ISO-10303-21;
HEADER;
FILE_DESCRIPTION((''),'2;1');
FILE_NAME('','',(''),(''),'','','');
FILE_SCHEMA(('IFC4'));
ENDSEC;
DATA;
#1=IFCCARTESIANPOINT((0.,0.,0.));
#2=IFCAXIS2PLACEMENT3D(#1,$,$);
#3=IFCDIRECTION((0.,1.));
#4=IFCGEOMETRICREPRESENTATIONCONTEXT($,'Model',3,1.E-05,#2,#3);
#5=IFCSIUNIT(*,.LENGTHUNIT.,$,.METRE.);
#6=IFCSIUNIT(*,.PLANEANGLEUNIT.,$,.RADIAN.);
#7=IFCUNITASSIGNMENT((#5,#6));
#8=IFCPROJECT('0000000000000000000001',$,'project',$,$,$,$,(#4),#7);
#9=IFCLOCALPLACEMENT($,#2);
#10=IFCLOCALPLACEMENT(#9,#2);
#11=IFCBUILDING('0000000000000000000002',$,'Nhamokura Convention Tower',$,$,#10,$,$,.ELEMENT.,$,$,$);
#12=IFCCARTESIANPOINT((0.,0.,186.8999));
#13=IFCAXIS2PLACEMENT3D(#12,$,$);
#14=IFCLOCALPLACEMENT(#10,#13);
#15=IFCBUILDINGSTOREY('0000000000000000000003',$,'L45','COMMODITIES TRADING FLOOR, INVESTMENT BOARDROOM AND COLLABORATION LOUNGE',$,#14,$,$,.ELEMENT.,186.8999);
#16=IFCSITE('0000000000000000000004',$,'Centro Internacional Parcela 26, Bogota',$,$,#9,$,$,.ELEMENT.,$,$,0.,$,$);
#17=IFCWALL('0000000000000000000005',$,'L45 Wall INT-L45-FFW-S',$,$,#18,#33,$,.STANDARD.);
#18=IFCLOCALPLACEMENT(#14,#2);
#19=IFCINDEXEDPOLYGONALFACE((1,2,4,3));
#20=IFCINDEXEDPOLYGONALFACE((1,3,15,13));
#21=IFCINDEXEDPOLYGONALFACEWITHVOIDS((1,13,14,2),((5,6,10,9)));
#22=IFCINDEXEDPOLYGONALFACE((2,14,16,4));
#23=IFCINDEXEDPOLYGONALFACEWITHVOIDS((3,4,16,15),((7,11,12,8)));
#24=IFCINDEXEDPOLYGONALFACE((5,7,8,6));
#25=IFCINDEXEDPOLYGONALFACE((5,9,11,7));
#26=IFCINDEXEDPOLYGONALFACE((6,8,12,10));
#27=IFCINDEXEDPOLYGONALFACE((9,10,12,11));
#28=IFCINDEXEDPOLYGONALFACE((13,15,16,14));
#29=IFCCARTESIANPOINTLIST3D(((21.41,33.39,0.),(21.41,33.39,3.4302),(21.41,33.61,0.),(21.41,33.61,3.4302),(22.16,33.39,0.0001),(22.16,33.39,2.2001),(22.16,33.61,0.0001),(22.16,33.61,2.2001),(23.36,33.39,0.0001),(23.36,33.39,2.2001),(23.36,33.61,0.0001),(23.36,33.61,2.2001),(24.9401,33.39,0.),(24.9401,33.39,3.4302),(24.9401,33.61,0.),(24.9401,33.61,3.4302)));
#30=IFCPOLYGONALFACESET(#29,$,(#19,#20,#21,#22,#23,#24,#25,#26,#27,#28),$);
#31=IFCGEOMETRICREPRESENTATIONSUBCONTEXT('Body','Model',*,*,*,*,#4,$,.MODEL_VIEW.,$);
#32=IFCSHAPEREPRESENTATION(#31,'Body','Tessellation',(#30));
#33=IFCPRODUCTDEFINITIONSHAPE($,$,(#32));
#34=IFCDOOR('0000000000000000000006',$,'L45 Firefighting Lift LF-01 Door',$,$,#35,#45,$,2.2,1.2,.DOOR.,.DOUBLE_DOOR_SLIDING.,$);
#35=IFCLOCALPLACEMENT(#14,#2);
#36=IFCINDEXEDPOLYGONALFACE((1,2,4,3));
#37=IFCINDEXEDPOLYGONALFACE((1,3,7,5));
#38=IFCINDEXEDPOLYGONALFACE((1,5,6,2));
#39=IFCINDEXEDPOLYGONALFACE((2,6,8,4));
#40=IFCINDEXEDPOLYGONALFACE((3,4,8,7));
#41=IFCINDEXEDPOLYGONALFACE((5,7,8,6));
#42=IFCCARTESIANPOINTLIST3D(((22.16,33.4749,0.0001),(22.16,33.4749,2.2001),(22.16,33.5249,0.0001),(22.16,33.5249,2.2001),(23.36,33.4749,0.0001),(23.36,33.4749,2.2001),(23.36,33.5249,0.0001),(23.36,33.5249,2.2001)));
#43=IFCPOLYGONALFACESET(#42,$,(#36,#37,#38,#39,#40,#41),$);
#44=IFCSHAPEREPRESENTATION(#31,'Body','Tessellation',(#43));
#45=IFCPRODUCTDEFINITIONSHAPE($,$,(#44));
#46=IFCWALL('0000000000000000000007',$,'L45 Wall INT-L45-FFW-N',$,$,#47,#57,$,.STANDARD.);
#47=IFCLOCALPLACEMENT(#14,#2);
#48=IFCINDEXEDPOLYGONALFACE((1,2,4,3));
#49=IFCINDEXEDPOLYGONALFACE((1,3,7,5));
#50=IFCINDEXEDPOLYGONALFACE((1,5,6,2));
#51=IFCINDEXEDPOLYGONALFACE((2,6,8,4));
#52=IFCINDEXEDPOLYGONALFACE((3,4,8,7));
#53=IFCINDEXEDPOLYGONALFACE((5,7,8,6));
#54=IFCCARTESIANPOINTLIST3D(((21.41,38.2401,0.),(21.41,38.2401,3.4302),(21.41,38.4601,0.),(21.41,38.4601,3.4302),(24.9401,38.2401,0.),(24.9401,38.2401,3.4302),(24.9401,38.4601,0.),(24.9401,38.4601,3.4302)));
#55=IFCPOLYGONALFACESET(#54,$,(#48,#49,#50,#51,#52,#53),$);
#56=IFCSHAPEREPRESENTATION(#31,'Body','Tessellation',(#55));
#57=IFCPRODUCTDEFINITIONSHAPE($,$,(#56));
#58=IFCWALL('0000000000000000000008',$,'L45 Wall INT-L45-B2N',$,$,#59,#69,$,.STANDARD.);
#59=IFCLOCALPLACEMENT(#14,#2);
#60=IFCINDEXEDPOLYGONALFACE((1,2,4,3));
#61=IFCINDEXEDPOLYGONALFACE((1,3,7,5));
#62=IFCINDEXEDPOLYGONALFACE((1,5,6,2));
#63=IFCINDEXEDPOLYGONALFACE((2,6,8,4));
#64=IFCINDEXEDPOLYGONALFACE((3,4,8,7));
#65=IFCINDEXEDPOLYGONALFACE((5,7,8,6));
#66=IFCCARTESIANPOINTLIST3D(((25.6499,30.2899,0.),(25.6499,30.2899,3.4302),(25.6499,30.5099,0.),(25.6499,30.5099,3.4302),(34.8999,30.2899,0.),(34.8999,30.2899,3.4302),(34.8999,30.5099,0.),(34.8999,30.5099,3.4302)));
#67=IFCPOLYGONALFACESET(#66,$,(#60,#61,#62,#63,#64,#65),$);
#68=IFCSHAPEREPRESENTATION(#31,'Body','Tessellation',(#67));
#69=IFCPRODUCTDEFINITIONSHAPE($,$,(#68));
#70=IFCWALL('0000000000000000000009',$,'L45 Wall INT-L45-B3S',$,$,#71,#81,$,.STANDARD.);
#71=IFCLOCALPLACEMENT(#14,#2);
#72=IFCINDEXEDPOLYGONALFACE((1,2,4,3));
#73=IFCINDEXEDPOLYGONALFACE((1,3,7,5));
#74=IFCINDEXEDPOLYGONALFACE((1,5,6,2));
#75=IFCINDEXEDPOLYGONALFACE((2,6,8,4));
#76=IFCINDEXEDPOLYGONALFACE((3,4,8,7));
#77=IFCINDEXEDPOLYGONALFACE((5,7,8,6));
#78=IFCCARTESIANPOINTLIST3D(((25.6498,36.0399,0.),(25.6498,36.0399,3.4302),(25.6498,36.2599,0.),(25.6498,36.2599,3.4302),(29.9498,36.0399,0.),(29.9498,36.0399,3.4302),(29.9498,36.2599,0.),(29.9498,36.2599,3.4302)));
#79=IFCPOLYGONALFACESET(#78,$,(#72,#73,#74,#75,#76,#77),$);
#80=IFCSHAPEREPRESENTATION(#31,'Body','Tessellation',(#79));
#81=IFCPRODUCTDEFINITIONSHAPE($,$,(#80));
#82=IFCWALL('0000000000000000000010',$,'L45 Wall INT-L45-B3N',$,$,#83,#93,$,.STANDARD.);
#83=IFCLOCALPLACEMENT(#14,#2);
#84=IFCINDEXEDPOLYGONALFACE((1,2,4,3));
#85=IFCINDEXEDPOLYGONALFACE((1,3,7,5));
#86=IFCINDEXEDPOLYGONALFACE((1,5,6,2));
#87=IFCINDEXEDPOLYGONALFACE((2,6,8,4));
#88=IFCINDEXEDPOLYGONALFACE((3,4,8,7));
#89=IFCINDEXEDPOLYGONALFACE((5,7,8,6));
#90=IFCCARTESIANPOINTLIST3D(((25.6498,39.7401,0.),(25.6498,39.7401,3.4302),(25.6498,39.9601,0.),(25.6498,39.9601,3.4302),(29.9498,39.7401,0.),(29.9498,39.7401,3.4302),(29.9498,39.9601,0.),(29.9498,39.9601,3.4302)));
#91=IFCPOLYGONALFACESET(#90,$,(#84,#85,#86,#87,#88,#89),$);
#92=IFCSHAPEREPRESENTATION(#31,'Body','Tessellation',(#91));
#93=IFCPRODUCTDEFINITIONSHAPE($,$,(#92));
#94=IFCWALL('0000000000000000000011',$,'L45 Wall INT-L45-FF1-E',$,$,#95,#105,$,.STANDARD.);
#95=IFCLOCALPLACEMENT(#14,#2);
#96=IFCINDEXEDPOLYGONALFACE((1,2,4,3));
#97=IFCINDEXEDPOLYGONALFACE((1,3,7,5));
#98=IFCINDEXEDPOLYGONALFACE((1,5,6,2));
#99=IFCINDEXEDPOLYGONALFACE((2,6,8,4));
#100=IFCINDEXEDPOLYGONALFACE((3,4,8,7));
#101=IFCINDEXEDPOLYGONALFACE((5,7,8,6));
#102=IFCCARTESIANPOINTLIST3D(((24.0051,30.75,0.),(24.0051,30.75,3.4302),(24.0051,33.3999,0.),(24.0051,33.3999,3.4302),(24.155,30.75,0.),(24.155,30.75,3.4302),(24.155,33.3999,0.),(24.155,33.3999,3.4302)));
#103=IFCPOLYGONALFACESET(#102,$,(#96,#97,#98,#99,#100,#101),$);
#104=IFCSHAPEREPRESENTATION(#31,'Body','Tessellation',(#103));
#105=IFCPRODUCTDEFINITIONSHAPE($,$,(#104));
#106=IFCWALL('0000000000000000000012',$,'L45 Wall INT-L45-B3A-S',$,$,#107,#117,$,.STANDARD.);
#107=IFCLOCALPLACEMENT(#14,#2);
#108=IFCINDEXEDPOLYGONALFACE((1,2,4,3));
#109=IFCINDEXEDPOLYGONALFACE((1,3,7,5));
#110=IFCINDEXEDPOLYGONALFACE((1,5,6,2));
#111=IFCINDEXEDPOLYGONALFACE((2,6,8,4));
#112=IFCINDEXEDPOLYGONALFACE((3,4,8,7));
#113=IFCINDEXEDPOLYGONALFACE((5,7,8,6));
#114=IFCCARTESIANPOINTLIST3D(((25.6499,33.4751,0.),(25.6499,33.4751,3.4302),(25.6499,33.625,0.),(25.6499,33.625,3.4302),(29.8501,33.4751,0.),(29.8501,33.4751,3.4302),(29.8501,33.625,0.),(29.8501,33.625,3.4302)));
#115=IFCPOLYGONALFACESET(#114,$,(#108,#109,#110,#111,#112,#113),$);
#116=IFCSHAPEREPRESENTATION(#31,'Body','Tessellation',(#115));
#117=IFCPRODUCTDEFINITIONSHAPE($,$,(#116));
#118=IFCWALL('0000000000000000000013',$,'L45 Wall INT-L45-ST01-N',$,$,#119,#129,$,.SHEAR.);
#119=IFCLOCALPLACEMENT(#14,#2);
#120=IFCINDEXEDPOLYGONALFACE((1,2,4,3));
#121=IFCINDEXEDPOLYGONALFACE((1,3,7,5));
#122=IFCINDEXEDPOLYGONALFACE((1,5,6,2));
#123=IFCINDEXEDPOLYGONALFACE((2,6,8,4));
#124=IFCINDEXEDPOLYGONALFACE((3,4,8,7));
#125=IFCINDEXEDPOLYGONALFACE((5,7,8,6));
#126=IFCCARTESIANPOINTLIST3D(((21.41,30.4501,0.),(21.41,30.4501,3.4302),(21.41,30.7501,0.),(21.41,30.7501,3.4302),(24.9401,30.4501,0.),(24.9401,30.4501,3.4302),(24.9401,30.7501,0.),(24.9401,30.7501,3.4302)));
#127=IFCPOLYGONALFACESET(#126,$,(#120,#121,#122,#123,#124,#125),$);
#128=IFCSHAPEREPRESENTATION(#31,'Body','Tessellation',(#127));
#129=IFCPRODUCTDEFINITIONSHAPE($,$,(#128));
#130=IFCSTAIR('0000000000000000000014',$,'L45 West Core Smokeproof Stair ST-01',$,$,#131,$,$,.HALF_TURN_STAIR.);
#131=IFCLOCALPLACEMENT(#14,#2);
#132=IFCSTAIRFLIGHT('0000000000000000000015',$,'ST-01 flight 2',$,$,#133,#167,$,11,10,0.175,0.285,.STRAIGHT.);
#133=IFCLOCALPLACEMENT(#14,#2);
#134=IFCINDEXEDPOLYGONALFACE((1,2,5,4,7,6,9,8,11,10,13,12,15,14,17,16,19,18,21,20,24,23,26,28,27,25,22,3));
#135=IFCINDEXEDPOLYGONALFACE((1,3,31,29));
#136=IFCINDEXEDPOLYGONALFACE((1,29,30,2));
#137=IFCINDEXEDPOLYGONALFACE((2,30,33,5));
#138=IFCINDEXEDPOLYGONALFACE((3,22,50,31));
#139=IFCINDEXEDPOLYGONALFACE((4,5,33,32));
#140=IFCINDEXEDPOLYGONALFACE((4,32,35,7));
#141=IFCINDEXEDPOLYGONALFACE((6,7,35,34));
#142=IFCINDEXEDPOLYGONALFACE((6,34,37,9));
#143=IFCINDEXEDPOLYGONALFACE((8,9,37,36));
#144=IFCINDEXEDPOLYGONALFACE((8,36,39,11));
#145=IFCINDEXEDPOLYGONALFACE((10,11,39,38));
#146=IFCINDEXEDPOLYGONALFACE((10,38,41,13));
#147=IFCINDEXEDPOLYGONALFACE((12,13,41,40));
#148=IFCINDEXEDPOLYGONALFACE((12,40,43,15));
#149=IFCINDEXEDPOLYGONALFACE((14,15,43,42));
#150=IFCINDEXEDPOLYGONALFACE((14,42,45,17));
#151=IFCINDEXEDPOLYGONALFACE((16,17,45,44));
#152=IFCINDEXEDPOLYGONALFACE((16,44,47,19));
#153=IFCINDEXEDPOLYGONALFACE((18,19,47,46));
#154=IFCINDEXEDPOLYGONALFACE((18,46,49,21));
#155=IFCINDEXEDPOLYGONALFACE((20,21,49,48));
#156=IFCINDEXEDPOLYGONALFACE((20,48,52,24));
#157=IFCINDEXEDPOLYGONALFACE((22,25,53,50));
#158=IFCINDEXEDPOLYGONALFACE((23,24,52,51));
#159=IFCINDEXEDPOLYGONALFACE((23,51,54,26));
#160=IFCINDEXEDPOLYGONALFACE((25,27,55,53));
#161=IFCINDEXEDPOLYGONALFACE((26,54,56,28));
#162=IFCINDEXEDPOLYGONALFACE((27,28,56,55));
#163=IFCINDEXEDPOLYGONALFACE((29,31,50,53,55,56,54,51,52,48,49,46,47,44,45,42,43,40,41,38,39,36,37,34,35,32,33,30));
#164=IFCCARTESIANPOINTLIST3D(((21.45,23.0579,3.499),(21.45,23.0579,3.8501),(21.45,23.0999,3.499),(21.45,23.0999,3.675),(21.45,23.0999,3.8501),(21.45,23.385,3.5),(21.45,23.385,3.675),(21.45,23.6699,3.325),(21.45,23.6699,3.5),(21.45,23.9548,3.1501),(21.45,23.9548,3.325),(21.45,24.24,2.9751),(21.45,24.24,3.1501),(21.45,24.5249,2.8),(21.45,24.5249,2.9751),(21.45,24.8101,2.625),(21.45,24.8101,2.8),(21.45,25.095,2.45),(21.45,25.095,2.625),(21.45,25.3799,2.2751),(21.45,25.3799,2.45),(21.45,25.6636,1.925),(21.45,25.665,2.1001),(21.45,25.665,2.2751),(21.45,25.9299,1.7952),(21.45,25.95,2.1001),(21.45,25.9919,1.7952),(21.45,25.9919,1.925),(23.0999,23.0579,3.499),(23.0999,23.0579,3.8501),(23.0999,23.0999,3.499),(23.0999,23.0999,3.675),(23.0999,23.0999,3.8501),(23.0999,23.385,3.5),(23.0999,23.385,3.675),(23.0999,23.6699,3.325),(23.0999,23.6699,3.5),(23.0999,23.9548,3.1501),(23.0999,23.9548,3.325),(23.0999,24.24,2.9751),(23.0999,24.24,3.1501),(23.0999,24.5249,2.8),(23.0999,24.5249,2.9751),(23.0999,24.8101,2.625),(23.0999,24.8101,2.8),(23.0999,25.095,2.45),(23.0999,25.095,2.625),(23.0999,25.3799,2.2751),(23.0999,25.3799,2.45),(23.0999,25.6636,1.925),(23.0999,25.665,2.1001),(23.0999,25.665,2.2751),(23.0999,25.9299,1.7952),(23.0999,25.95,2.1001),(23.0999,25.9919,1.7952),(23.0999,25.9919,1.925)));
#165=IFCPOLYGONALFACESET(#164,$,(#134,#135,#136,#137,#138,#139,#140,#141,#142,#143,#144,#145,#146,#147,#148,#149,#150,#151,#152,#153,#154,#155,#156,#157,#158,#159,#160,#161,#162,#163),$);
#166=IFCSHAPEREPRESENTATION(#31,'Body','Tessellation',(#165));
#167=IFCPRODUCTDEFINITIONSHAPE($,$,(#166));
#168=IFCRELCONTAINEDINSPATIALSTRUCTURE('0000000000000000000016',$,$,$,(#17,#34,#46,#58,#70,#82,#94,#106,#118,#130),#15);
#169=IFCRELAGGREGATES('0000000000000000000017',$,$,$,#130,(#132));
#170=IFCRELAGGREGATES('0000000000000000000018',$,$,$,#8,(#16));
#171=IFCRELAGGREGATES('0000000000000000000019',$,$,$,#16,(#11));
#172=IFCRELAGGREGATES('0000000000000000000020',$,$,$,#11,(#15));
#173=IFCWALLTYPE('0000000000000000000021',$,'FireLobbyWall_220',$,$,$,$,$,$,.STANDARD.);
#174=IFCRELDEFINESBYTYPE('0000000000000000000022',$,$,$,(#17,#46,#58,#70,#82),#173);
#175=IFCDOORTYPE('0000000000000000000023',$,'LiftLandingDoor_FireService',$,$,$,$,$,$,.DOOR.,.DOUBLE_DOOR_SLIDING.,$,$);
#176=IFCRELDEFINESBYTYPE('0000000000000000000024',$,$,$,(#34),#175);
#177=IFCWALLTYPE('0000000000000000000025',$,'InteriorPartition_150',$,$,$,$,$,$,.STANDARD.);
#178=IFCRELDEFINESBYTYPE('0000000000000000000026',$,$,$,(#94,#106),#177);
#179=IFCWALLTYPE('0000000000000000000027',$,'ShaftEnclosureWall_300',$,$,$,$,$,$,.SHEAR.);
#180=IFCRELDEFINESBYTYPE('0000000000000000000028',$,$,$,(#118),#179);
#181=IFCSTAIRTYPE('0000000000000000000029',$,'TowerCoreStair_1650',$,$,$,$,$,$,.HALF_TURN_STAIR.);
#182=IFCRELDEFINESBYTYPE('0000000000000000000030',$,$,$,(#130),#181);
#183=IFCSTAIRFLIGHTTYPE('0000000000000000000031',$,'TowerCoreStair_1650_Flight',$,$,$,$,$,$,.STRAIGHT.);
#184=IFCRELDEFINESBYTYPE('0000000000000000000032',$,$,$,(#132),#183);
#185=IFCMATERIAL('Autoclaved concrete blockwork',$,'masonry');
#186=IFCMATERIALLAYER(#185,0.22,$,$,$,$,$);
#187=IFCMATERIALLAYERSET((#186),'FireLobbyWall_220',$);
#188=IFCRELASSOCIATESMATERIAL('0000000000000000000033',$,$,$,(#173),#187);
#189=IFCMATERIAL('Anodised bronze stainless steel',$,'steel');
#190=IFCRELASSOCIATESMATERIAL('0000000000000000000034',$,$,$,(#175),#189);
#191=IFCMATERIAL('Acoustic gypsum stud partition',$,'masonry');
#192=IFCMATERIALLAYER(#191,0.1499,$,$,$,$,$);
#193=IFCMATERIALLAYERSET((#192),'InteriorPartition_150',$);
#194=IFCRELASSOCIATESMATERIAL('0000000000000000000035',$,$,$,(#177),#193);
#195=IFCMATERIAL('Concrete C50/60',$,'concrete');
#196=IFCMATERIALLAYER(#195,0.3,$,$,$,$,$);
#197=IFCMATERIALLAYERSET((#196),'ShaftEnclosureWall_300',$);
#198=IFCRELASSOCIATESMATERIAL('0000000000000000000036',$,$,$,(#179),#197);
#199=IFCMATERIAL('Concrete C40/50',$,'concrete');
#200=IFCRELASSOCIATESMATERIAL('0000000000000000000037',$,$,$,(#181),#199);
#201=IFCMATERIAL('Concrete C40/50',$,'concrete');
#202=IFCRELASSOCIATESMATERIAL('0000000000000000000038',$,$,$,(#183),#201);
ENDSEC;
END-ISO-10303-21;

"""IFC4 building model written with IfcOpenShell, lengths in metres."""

from ifc_helpers import new_model, si_unit, direction, frame, frame_2d, origin, place, context, subcontext, project, spatial, polyline, rectangle, outline, extrude, material, layer, layer_set, type_object, element, fill, aggregate, save


model = new_model("IFC4")

# Units and contexts
model_context = context("Model", 3, precision=1e-05, world=origin(), true_north=direction((0.0, 1.0)))
body_context = subcontext(model_context, "Body", "Model", "MODEL_VIEW")
ifc_project = project(units=[si_unit("LENGTHUNIT", "METRE"), si_unit("PLANEANGLEUNIT", "RADIAN")], contexts=[model_context])

# Site, building, storey
site_placement = place(None, origin())
site = spatial("IfcSite", under=ifc_project, at=site_placement, Name="Centro Internacional Parcela 26, Bogota", CompositionType="ELEMENT", RefElevation=0.0)
building_placement = place(site_placement, origin())
building = spatial("IfcBuilding", under=site, at=building_placement, Name="Nhamokura Convention Tower", CompositionType="ELEMENT")
storey_placement = place(building_placement, frame((0.0, 0.0, 186.8999)))
storey = spatial("IfcBuildingStorey", under=building, at=storey_placement, Name="L45", Description="COMMODITIES TRADING FLOOR, INVESTMENT BOARDROOM AND COLLABORATION LOUNGE", CompositionType="ELEMENT", Elevation=186.8999)

# Wall, opening, door
ifc_material_1 = material(Name="Autoclaved concrete blockwork", Category="masonry")
ifc_layer_1 = layer(ifc_material_1, 0.22)
ifc_layer_set_1 = layer_set([ifc_layer_1], Name="FireLobbyWall_220")
wall_type_1 = type_object("IfcWallType", Name="FireLobbyWall_220", PredefinedType="STANDARD", material=ifc_layer_set_1)
wall_1_placement = place(storey_placement, frame((21.4099, 33.5, 0.0), z_axis=(0.0, 0.0, 1.0), x_axis=(1.0, 0.0, 0.0)))
wall_1 = element("IfcWall", 1, at=wall_1_placement, inside=storey, type_object=wall_type_1, Name="L45 Wall INT-L45-FFW-S", PredefinedType="STANDARD", context=body_context, shape_type="SweptSolid", body=[
    extrude(rectangle(XDim=3.53, YDim=0.22, at=frame_2d((1.7651, 0.0))), origin(), (0.0, 0.0, 1.0), 3.4302),
])
opening_1_placement = place(wall_1_placement, frame((0.75, 0.0, 0.0)))
opening_1 = element("IfcOpeningElement", 2, at=opening_1_placement, cuts=wall_1, PredefinedType="OPENING", context=body_context, shape_type="SweptSolid", body=[
    extrude(rectangle(XDim=1.2, YDim=2.2, at=frame_2d((0.6001, 1.1001))), frame((0.0, 0.1199, 0.0), z_axis=(0.0, -1.0, 0.0), x_axis=(1.0, 0.0, 0.0)), (0.0, 0.0, 1.0), 0.24),
])
ifc_material_2 = material(Name="Anodised bronze stainless steel", Category="steel")
door_type_1 = type_object("IfcDoorType", Name="LiftLandingDoor_FireService", OperationType="DOUBLE_DOOR_SLIDING", PredefinedType="DOOR", material=ifc_material_2)
door_1_placement = place(opening_1_placement, origin())
door_1 = element("IfcDoor", 3, at=door_1_placement, inside=storey, type_object=door_type_1, Name="L45 Firefighting Lift LF-01 Door", OperationType="DOUBLE_DOOR_SLIDING", OverallHeight=2.2, OverallWidth=1.2, PredefinedType="DOOR", context=body_context, shape_type="SweptSolid", body=[
    extrude(rectangle(XDim=1.2, YDim=2.2, at=frame_2d((0.6001, 1.1001))), frame((0.0, 0.0249, 0.0), z_axis=(0.0, -1.0, 0.0), x_axis=(1.0, 0.0, 0.0)), (0.0, 0.0, 1.0), 0.05),
])
fill(opening_1, door_1)

# Wall
wall_2_placement = place(storey_placement, frame((21.4099, 38.3501, 0.0), z_axis=(0.0, 0.0, 1.0), x_axis=(1.0, 0.0, 0.0)))
element("IfcWall", 4, at=wall_2_placement, inside=storey, type_object=wall_type_1, Name="L45 Wall INT-L45-FFW-N", PredefinedType="STANDARD", context=body_context, shape_type="SweptSolid", body=[
    extrude(rectangle(XDim=3.53, YDim=0.22, at=frame_2d((1.7651, 0.0))), origin(), (0.0, 0.0, 1.0), 3.4302),
])

# Walls
wall_3_placement = place(storey_placement, frame((25.6499, 30.3999, 0.0), z_axis=(0.0, 0.0, 1.0), x_axis=(1.0, 0.0, 0.0)))
element("IfcWall", 5, at=wall_3_placement, inside=storey, type_object=wall_type_1, Name="L45 Wall INT-L45-B2N", PredefinedType="STANDARD", context=body_context, shape_type="SweptSolid", body=[
    extrude(rectangle(XDim=9.25, YDim=0.22, at=frame_2d((4.625, 0.0))), origin(), (0.0, 0.0, 1.0), 3.4302),
])
for number, where, z_axis, x_axis, name in (
    (6, (25.6499, 36.1499, 0.0), (0.0, 0.0, 1.0), (1.0, 0.0, 0.0), "L45 Wall INT-L45-B3S"),
    (7, (25.6499, 39.8501, 0.0), (0.0, 0.0, 1.0), (1.0, 0.0, 0.0), "L45 Wall INT-L45-B3N"),
):
    element("IfcWall", number, at=place(storey_placement, frame(where, z_axis=z_axis, x_axis=x_axis)), inside=storey, type_object=wall_type_1, Name=name, PredefinedType="STANDARD", context=body_context, shape_type="SweptSolid", body=[
        extrude(rectangle(XDim=4.3, YDim=0.22, at=frame_2d((2.1499, 0.0))), origin(), (0.0, 0.0, 1.0), 3.4302),
    ])
ifc_material_3 = material(Name="Acoustic gypsum stud partition", Category="masonry")
ifc_layer_2 = layer(ifc_material_3, 0.1499)
ifc_layer_set_2 = layer_set([ifc_layer_2], Name="InteriorPartition_150")
wall_type_2 = type_object("IfcWallType", Name="InteriorPartition_150", PredefinedType="STANDARD", material=ifc_layer_set_2)
wall_4_placement = place(storey_placement, frame((24.0801, 30.75, 0.0), z_axis=(0.0, 0.0, 1.0), x_axis=(0.0, 1.0, 0.0)))
element("IfcWall", 8, at=wall_4_placement, inside=storey, type_object=wall_type_2, Name="L45 Wall INT-L45-FF1-E", PredefinedType="STANDARD", context=body_context, shape_type="SweptSolid", body=[
    extrude(rectangle(XDim=2.6499, YDim=0.1499, at=frame_2d((1.325, 0.0))), origin(), (0.0, 0.0, 1.0), 3.4302),
])
wall_5_placement = place(storey_placement, frame((25.6499, 33.55, 0.0), z_axis=(0.0, 0.0, 1.0), x_axis=(1.0, 0.0, 0.0)))
element("IfcWall", 9, at=wall_5_placement, inside=storey, type_object=wall_type_2, Name="L45 Wall INT-L45-B3A-S", PredefinedType="STANDARD", context=body_context, shape_type="SweptSolid", body=[
    extrude(rectangle(XDim=4.2002, YDim=0.1499, at=frame_2d((2.1001, 0.0))), origin(), (0.0, 0.0, 1.0), 3.4302),
])
ifc_material_4 = material(Name="Concrete C50/60", Category="concrete")
ifc_layer_3 = layer(ifc_material_4, 0.3)
ifc_layer_set_3 = layer_set([ifc_layer_3], Name="ShaftEnclosureWall_300")
wall_type_3 = type_object("IfcWallType", Name="ShaftEnclosureWall_300", PredefinedType="SHEAR", material=ifc_layer_set_3)
wall_6_placement = place(storey_placement, frame((21.4099, 30.6001, 0.0), z_axis=(0.0, 0.0, 1.0), x_axis=(1.0, 0.0, 0.0)))
element("IfcWall", 10, at=wall_6_placement, inside=storey, type_object=wall_type_3, Name="L45 Wall INT-L45-ST01-N", PredefinedType="SHEAR", context=body_context, shape_type="SweptSolid", body=[
    extrude(rectangle(XDim=3.53, YDim=0.3, at=frame_2d((1.7651, 0.0))), origin(), (0.0, 0.0, 1.0), 3.4302),
])

# Stair, stair flight
ifc_material_5 = material(Name="Concrete C40/50", Category="concrete")
stair_type = type_object("IfcStairType", Name="TowerCoreStair_1650", PredefinedType="HALF_TURN_STAIR", material=ifc_material_5)
stair_placement = place(storey_placement, origin())
stair = element("IfcStair", 11, at=stair_placement, inside=storey, type_object=stair_type, Name="L45 West Core Smokeproof Stair ST-01", PredefinedType="HALF_TURN_STAIR")
ifc_material_6 = material(Name="Concrete C40/50", Category="concrete")
stair_flight_type = type_object("IfcStairFlightType", Name="TowerCoreStair_1650_Flight", PredefinedType="STRAIGHT", material=ifc_material_6)
stair_flight_placement = place(storey_placement, frame((22.2749, 25.95, 1.925), z_axis=(0.0, 0.0, 1.0), x_axis=(0.0, -1.0, 0.0)))
stair_flight = element("IfcStairFlight", 12, at=stair_flight_placement, type_object=stair_flight_type, Name="ST-01 flight 2", NumberOfRisers=11, NumberOfTreads=10, PredefinedType="STRAIGHT", RiserHeight=0.175, TreadLength=0.285, context=body_context, shape_type="SweptSolid", body=[
    extrude(outline(polyline([(-0.042, 0.0), (0.0, 0.175), (0.2849, 0.175), (0.2849, 0.3501), (0.5701, 0.3501), (0.5701, 0.5249), (0.855, 0.5249), (0.855, 0.7), (1.1399, 0.7), (1.1399, 0.875), (1.425, 0.875), (1.425, 1.05), (1.71, 1.05), (1.71, 1.2251), (1.9951, 1.2251), (1.9951, 1.3999), (2.28, 1.3999), (2.28, 1.575), (2.5649, 1.575), (2.5649, 1.75), (2.8501, 1.75), (2.8501, 1.925), (2.8921, 1.925), (2.8921, 1.574), (2.8501, 1.574), (0.2864, 0.0), (0.02, -0.1299), (-0.042, -0.1299), (-0.042, 0.0)])), frame((0.0, 0.825, 0.0), z_axis=(0.0, -1.0, 0.0), x_axis=(1.0, 0.0, 0.0)), (0.0, 0.0, 1.0), 1.6499),
])
aggregate(stair, [stair_flight])

save(model, "model.ifc")
